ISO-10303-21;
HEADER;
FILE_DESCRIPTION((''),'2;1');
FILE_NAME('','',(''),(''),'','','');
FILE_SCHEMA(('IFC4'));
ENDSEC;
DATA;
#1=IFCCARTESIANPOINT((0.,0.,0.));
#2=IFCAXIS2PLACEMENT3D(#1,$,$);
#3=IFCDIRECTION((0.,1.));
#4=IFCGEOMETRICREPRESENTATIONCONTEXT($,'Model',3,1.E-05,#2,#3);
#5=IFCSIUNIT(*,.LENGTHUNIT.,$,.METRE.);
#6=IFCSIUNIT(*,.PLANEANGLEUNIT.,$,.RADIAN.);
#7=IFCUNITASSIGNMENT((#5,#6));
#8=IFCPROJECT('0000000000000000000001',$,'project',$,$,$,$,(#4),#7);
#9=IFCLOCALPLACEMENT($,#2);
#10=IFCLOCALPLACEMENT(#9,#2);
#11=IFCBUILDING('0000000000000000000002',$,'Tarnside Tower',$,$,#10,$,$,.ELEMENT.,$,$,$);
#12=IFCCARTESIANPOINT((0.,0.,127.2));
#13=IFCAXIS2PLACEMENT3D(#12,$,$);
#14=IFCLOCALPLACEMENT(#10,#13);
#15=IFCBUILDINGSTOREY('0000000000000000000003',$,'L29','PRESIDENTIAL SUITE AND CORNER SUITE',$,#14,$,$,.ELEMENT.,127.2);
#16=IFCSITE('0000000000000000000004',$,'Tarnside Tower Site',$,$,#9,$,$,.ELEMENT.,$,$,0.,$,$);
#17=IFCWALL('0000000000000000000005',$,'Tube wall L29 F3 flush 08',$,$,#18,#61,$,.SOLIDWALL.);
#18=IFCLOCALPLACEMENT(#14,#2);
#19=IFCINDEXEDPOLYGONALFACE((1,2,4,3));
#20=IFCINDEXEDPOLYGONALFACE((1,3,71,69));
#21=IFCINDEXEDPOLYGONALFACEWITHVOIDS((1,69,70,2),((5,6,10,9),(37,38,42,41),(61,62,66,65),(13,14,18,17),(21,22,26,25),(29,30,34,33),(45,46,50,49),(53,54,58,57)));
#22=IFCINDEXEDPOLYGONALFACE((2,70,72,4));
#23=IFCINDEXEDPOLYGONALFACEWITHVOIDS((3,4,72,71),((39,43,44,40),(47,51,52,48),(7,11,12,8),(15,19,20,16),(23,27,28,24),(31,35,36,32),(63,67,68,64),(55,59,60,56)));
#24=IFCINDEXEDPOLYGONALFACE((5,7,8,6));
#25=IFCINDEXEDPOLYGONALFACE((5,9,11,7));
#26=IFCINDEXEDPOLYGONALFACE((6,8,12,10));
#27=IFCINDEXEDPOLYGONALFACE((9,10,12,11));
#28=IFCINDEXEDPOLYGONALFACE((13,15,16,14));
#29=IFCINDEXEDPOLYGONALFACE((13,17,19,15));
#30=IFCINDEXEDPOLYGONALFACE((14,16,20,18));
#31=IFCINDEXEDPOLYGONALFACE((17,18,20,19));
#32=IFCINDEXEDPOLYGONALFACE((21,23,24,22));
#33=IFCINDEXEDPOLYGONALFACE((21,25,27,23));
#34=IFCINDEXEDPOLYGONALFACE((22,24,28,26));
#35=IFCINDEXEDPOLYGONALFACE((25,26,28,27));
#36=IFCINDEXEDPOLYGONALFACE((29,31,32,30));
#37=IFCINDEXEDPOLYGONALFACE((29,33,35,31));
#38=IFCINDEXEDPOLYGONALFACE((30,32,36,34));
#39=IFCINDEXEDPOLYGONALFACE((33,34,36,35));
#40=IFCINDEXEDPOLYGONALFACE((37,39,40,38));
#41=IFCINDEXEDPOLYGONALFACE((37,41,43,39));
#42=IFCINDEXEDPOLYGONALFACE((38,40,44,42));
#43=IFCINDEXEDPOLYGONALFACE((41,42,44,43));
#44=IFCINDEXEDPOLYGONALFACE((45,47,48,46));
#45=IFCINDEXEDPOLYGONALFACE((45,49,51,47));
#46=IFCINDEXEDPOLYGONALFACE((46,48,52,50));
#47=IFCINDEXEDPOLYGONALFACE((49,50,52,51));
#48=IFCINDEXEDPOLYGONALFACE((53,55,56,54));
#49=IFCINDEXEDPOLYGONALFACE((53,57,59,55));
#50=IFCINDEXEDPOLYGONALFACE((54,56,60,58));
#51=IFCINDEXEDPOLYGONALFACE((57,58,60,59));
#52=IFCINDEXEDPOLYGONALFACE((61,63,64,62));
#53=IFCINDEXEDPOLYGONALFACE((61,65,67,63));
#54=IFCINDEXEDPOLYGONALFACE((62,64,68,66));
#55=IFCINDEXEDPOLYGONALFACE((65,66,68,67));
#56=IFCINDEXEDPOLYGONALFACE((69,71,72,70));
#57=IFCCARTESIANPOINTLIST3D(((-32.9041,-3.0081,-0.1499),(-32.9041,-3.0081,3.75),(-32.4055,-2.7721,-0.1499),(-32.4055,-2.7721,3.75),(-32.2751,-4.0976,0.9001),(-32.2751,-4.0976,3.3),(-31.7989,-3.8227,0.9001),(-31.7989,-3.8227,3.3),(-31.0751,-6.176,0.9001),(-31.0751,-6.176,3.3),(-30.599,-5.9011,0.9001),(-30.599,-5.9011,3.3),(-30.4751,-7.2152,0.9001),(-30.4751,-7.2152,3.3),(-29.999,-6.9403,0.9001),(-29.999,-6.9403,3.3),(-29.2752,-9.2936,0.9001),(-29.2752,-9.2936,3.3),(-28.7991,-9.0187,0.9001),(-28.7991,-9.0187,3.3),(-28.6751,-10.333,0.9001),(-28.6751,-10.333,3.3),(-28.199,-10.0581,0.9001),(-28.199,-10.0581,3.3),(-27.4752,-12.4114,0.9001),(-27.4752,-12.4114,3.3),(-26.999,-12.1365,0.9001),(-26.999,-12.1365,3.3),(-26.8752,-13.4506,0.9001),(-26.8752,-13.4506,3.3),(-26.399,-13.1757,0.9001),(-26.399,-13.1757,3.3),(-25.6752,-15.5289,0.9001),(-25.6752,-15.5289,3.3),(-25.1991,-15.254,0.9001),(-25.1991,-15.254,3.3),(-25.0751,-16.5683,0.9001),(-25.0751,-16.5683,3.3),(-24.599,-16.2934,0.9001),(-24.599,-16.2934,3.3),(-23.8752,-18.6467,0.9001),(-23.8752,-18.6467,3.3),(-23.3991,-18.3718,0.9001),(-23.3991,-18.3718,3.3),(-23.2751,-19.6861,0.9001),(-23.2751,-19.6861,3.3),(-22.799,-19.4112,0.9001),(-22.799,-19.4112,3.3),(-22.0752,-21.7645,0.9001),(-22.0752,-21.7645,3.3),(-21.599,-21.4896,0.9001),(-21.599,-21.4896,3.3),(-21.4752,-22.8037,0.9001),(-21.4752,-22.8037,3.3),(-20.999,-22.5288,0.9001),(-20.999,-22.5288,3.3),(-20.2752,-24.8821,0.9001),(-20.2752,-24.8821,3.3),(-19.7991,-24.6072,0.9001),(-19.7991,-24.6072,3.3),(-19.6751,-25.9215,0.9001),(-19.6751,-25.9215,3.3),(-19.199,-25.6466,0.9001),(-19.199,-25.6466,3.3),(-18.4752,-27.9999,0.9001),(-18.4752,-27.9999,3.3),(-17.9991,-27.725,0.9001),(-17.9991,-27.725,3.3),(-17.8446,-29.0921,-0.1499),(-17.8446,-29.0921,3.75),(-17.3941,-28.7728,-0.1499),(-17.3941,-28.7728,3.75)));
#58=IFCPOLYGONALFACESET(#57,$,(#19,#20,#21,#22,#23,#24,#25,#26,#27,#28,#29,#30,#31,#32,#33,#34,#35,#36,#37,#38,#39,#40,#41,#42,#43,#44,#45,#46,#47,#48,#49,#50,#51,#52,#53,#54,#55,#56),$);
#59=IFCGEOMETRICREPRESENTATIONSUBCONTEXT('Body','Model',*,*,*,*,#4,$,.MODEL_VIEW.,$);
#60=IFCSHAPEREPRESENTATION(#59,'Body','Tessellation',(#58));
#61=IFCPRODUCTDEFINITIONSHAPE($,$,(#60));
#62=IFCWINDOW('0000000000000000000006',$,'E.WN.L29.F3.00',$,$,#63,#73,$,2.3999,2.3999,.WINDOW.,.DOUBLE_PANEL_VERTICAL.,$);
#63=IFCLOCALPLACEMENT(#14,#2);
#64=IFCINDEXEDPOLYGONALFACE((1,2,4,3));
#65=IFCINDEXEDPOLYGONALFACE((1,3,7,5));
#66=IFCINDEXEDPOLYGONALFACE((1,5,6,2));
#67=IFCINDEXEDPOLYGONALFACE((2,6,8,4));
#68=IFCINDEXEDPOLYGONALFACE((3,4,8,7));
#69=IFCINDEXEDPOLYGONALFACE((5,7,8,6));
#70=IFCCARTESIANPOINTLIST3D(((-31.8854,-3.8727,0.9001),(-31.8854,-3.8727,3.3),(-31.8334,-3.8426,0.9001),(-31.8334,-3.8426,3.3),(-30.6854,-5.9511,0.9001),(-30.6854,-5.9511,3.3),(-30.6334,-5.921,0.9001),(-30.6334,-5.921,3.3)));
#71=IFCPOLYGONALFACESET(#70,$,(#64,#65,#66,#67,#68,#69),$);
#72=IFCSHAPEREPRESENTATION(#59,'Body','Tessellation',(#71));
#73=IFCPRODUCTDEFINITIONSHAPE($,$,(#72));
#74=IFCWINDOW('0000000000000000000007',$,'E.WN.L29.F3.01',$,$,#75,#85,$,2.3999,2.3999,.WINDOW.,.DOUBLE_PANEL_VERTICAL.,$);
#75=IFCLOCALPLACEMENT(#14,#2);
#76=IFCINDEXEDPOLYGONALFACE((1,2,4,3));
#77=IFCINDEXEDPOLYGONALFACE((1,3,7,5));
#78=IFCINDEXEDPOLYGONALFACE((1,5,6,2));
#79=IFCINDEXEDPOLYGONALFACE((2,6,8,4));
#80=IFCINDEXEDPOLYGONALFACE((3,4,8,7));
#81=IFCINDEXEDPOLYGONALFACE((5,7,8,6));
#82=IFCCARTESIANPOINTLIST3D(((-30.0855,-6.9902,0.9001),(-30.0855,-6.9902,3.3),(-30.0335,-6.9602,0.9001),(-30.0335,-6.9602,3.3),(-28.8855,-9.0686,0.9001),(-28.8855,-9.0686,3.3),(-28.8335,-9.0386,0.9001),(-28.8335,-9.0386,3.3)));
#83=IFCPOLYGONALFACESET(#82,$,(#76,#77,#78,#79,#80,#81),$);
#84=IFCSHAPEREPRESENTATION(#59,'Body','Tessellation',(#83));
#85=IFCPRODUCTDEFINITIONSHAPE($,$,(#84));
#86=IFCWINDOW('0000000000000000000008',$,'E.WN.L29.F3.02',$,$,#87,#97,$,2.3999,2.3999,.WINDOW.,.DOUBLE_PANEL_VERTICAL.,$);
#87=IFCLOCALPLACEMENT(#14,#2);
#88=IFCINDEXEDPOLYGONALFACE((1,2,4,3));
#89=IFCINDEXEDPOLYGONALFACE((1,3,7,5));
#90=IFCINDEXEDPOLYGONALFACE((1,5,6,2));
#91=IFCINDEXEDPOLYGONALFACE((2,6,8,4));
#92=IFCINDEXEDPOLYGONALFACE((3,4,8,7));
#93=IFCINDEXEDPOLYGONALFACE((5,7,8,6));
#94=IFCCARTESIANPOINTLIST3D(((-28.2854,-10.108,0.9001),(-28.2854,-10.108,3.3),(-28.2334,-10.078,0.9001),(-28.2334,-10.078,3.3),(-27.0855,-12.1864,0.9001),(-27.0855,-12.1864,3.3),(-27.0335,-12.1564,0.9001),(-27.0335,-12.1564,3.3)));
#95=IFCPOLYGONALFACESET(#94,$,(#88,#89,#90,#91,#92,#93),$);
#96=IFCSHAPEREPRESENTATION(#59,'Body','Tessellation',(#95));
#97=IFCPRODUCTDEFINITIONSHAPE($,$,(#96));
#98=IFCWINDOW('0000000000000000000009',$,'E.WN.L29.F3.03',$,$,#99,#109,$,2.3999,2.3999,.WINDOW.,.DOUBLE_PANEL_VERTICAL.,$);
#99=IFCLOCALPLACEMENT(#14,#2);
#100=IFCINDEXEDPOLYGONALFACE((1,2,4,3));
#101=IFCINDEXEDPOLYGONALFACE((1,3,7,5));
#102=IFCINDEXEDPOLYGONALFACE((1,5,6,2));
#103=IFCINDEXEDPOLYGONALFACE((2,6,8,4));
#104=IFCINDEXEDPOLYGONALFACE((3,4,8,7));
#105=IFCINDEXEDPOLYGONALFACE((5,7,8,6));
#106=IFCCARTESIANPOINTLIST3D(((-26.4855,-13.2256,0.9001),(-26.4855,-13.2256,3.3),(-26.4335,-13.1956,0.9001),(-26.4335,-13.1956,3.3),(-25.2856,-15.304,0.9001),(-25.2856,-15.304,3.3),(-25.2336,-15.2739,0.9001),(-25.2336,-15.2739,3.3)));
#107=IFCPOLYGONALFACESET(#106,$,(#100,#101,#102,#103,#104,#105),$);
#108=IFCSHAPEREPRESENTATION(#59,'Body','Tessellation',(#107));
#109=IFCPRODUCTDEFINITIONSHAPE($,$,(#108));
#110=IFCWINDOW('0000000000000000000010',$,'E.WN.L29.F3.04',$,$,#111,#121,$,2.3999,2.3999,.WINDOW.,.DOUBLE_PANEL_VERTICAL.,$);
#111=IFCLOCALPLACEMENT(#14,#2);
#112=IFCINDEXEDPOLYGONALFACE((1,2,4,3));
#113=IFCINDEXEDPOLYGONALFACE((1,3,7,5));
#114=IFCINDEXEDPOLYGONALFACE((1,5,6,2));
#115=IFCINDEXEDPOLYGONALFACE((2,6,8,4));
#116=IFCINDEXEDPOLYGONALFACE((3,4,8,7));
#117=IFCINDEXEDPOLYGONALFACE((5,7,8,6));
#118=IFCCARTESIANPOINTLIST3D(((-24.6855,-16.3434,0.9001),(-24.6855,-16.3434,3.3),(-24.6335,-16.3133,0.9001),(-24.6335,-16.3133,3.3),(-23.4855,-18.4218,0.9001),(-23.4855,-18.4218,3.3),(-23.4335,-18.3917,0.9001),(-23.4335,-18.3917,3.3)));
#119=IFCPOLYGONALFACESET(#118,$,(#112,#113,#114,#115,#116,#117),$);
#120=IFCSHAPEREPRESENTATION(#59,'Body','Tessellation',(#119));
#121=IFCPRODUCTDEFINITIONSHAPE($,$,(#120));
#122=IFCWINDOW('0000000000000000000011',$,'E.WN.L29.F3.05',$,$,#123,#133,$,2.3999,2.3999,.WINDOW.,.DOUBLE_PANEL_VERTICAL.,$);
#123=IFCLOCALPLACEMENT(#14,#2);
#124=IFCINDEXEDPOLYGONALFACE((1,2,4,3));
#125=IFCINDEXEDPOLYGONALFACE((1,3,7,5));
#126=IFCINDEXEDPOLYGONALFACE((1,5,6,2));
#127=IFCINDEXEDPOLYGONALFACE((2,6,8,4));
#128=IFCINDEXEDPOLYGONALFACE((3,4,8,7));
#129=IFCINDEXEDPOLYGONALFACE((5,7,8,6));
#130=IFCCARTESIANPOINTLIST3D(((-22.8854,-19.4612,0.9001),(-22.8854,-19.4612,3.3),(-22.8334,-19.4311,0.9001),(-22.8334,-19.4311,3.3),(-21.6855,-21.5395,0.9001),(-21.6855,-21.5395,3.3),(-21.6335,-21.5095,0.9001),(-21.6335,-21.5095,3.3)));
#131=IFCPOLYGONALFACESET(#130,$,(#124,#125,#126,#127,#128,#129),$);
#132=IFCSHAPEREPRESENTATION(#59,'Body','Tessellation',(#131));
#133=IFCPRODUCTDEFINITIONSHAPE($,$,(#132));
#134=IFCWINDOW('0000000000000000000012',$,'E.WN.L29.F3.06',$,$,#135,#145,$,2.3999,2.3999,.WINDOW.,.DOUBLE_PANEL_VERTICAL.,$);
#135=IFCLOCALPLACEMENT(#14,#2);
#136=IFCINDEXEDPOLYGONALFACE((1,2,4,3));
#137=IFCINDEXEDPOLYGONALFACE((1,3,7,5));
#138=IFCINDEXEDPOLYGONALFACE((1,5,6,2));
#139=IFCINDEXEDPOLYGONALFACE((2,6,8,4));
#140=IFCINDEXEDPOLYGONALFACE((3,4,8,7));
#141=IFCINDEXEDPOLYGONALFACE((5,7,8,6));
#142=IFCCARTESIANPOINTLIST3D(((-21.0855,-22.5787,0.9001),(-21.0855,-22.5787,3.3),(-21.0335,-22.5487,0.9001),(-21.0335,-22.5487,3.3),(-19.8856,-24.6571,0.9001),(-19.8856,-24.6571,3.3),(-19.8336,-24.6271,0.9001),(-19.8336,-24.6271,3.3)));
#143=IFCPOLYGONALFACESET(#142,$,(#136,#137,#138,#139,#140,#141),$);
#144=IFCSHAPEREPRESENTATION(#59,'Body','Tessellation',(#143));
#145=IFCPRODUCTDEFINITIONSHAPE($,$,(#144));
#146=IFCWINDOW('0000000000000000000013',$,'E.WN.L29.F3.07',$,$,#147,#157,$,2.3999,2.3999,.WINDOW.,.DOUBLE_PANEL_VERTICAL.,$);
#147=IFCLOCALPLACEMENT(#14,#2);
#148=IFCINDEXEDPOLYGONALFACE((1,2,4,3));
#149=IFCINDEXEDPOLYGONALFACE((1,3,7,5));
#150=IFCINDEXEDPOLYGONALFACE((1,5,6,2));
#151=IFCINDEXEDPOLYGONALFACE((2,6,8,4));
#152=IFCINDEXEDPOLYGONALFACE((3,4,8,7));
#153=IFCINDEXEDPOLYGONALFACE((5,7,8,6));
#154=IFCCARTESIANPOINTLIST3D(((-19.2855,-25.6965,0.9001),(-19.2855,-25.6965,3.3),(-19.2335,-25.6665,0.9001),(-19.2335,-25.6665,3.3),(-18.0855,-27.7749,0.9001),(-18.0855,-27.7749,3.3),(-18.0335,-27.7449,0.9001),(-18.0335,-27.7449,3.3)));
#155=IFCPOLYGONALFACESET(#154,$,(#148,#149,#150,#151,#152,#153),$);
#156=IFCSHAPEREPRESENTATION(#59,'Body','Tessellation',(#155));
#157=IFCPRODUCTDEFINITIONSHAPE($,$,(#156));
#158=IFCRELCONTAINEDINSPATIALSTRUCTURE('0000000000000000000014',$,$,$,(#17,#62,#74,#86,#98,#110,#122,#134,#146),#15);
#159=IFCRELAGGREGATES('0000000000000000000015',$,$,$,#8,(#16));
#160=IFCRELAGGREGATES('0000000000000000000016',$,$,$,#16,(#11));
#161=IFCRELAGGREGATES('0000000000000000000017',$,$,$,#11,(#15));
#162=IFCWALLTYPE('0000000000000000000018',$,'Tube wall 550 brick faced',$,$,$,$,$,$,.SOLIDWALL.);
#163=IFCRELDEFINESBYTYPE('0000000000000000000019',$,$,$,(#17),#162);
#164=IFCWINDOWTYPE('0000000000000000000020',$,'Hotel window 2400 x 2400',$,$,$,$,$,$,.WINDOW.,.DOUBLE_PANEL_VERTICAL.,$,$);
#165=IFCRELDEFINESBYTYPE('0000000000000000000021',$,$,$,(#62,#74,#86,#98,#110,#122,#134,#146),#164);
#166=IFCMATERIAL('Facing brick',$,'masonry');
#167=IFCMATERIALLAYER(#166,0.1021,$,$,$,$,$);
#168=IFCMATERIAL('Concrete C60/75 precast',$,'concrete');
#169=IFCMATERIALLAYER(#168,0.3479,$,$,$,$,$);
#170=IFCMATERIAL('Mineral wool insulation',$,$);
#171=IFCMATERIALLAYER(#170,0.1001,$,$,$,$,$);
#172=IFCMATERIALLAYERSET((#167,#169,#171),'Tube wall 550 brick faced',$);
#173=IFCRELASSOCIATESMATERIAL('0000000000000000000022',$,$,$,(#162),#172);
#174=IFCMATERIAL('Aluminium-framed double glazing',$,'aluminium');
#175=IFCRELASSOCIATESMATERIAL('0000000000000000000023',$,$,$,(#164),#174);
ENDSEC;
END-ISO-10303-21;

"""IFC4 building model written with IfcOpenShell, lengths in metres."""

from ifc_helpers import new_model, si_unit, direction, frame, frame_2d, origin, place, context, subcontext, project, spatial, polyline, rectangle, outline, extrude, material, layer, layer_set, type_object, element, fill, save


model = new_model("IFC4")

# Units and contexts
model_context = context("Model", 3, precision=1e-05, world=origin(), true_north=direction((0.0, 1.0)))
body_context = subcontext(model_context, "Body", "Model", "MODEL_VIEW")
ifc_project = project(units=[si_unit("LENGTHUNIT", "METRE"), si_unit("PLANEANGLEUNIT", "RADIAN")], contexts=[model_context])

# Site, building, storey
site_placement = place(None, origin())
site = spatial("IfcSite", under=ifc_project, at=site_placement, Name="Tarnside Tower Site", CompositionType="ELEMENT", RefElevation=0.0)
building_placement = place(site_placement, origin())
building = spatial("IfcBuilding", under=site, at=building_placement, Name="Tarnside Tower", CompositionType="ELEMENT")
storey_placement = place(building_placement, frame((0.0, 0.0, 127.2)))
storey = spatial("IfcBuildingStorey", under=building, at=storey_placement, Name="L29", Description="PRESIDENTIAL SUITE AND CORNER SUITE", CompositionType="ELEMENT", Elevation=127.2)

# Shared definitions
ifc_material_1 = material(Name="Facing brick", Category="masonry")
ifc_layer_1 = layer(ifc_material_1, 0.1021)
ifc_material_2 = material(Name="Concrete C60/75 precast", Category="concrete")
ifc_layer_2 = layer(ifc_material_2, 0.3479)
ifc_material_3 = material(Name="Mineral wool insulation")
ifc_layer_3 = layer(ifc_material_3, 0.1001)
ifc_layer_set_1 = layer_set([ifc_layer_1, ifc_layer_2, ifc_layer_3], Name="Tube wall 550 brick faced")
wall_type_1 = type_object("IfcWallType", Name="Tube wall 550 brick faced", PredefinedType="SOLIDWALL", material=ifc_layer_set_1)

# Wall, openings, windows
wall_1_placement = place(storey_placement, frame((-32.6548, -2.8901, -0.1499), z_axis=(0.0, 0.0, 1.0), x_axis=(0.499998, -0.866027, 0.0)))
wall_1 = element("IfcWall", 1, at=wall_1_placement, inside=storey, type_object=wall_type_1, Name="Tube wall L29 F3 flush 08", PredefinedType="SOLIDWALL", context=body_context, shape_type="SweptSolid", body=[
    extrude(outline(polyline([(-0.0225, -0.2749), (30.0967, -0.2749), (30.0454, 0.2749), (0.0225, 0.2749), (-0.0225, -0.2749)])), origin(), (0.0, 0.0, 1.0), 3.8999),
])
opening_1_placement = place(wall_1_placement, frame((1.2356, 0.0, 1.05)))
opening_1 = element("IfcOpeningElement", 2, at=opening_1_placement, cuts=wall_1, PredefinedType="OPENING", context=body_context, shape_type="SweptSolid", body=[
    extrude(rectangle(XDim=2.3999, YDim=2.3999, at=frame_2d((1.2, 1.2))), frame((0.0, 0.2852, 0.0), z_axis=(0.0, -1.0, 0.0), x_axis=(1.0, 0.0, 0.0)), (0.0, 0.0, 1.0), 0.5701),
])
opening_2_placement = place(wall_1_placement, frame((4.8354, 0.0, 1.05)))
opening_2 = element("IfcOpeningElement", 3, at=opening_2_placement, cuts=wall_1, PredefinedType="OPENING", context=body_context, shape_type="SweptSolid", body=[
    extrude(rectangle(XDim=2.3999, YDim=2.3999, at=frame_2d((1.2, 1.2))), frame((0.0, 0.2852, 0.0), z_axis=(0.0, -1.0, 0.0), x_axis=(1.0, 0.0, 0.0)), (0.0, 0.0, 1.0), 0.5701),
])
opening_3_placement = place(wall_1_placement, frame((8.4355, 0.0, 1.05)))
opening_3 = element("IfcOpeningElement", 4, at=opening_3_placement, cuts=wall_1, PredefinedType="OPENING", context=body_context, shape_type="SweptSolid", body=[
    extrude(rectangle(XDim=2.3999, YDim=2.3999, at=frame_2d((1.2, 1.2))), frame((0.0, 0.2852, 0.0), z_axis=(0.0, -1.0, 0.0), x_axis=(1.0, 0.0, 0.0)), (0.0, 0.0, 1.0), 0.5701),
])
opening_4_placement = place(wall_1_placement, frame((12.0354, 0.0, 1.05)))
opening_4 = element("IfcOpeningElement", 5, at=opening_4_placement, cuts=wall_1, PredefinedType="OPENING", context=body_context, shape_type="SweptSolid", body=[
    extrude(rectangle(XDim=2.3999, YDim=2.3999, at=frame_2d((1.2, 1.2))), frame((0.0, 0.2852, 0.0), z_axis=(0.0, -1.0, 0.0), x_axis=(1.0, 0.0, 0.0)), (0.0, 0.0, 1.0), 0.5701),
])
opening_5_placement = place(wall_1_placement, frame((15.6355, 0.0, 1.05)))
opening_5 = element("IfcOpeningElement", 6, at=opening_5_placement, cuts=wall_1, PredefinedType="OPENING", context=body_context, shape_type="SweptSolid", body=[
    extrude(rectangle(XDim=2.3999, YDim=2.3999, at=frame_2d((1.2, 1.2))), frame((0.0, 0.2852, 0.0), z_axis=(0.0, -1.0, 0.0), x_axis=(1.0, 0.0, 0.0)), (0.0, 0.0, 1.0), 0.5701),
])
opening_6_placement = place(wall_1_placement, frame((19.2356, 0.0, 1.05)))
opening_6 = element("IfcOpeningElement", 7, at=opening_6_placement, cuts=wall_1, PredefinedType="OPENING", context=body_context, shape_type="SweptSolid", body=[
    extrude(rectangle(XDim=2.3999, YDim=2.3999, at=frame_2d((1.2, 1.2))), frame((0.0, 0.2852, 0.0), z_axis=(0.0, -1.0, 0.0), x_axis=(1.0, 0.0, 0.0)), (0.0, 0.0, 1.0), 0.5701),
])
opening_7_placement = place(wall_1_placement, frame((22.8354, 0.0, 1.05)))
opening_7 = element("IfcOpeningElement", 8, at=opening_7_placement, cuts=wall_1, PredefinedType="OPENING", context=body_context, shape_type="SweptSolid", body=[
    extrude(rectangle(XDim=2.3999, YDim=2.3999, at=frame_2d((1.2, 1.2))), frame((0.0, 0.2852, 0.0), z_axis=(0.0, -1.0, 0.0), x_axis=(1.0, 0.0, 0.0)), (0.0, 0.0, 1.0), 0.5701),
])
opening_8_placement = place(wall_1_placement, frame((26.4355, 0.0, 1.05)))
opening_8 = element("IfcOpeningElement", 9, at=opening_8_placement, cuts=wall_1, PredefinedType="OPENING", context=body_context, shape_type="SweptSolid", body=[
    extrude(rectangle(XDim=2.3999, YDim=2.3999, at=frame_2d((1.2, 1.2))), frame((0.0, 0.2852, 0.0), z_axis=(0.0, -1.0, 0.0), x_axis=(1.0, 0.0, 0.0)), (0.0, 0.0, 1.0), 0.5701),
])
ifc_material_4 = material(Name="Aluminium-framed double glazing", Category="aluminium")
window_type = type_object("IfcWindowType", Name="Hotel window 2400 x 2400", PartitioningType="DOUBLE_PANEL_VERTICAL", PredefinedType="WINDOW", material=ifc_material_4)
window_1_placement = place(opening_1_placement, frame((0.0, 0.2051, 0.0)))
window_1 = element("IfcWindow", 10, at=window_1_placement, inside=storey, type_object=window_type, Name="E.WN.L29.F3.00", OverallHeight=2.3999, OverallWidth=2.3999, PartitioningType="DOUBLE_PANEL_VERTICAL", PredefinedType="WINDOW", context=body_context, shape_type="SweptSolid", body=[
    extrude(rectangle(XDim=2.3999, YDim=2.3999, at=frame_2d((1.2, 1.2))), frame((0.0, 0.03, 0.0), z_axis=(0.0, -1.0, 0.0), x_axis=(1.0, 0.0, 0.0)), (0.0, 0.0, 1.0), 0.0601),
])
fill(opening_1, window_1)
window_2_placement = place(opening_2_placement, frame((0.0, 0.2051, 0.0)))
window_2 = element("IfcWindow", 11, at=window_2_placement, inside=storey, type_object=window_type, Name="E.WN.L29.F3.01", OverallHeight=2.3999, OverallWidth=2.3999, PartitioningType="DOUBLE_PANEL_VERTICAL", PredefinedType="WINDOW", context=body_context, shape_type="SweptSolid", body=[
    extrude(rectangle(XDim=2.3999, YDim=2.3999, at=frame_2d((1.2, 1.2))), frame((0.0, 0.03, 0.0), z_axis=(0.0, -1.0, 0.0), x_axis=(1.0, 0.0, 0.0)), (0.0, 0.0, 1.0), 0.0601),
])
fill(opening_2, window_2)
window_3_placement = place(opening_3_placement, frame((0.0, 0.2051, 0.0)))
window_3 = element("IfcWindow", 12, at=window_3_placement, inside=storey, type_object=window_type, Name="E.WN.L29.F3.02", OverallHeight=2.3999, OverallWidth=2.3999, PartitioningType="DOUBLE_PANEL_VERTICAL", PredefinedType="WINDOW", context=body_context, shape_type="SweptSolid", body=[
    extrude(rectangle(XDim=2.3999, YDim=2.3999, at=frame_2d((1.2, 1.2))), frame((0.0, 0.03, 0.0), z_axis=(0.0, -1.0, 0.0), x_axis=(1.0, 0.0, 0.0)), (0.0, 0.0, 1.0), 0.0601),
])
fill(opening_3, window_3)
window_4_placement = place(opening_4_placement, frame((0.0, 0.2051, 0.0)))
window_4 = element("IfcWindow", 13, at=window_4_placement, inside=storey, type_object=window_type, Name="E.WN.L29.F3.03", OverallHeight=2.3999, OverallWidth=2.3999, PartitioningType="DOUBLE_PANEL_VERTICAL", PredefinedType="WINDOW", context=body_context, shape_type="SweptSolid", body=[
    extrude(rectangle(XDim=2.3999, YDim=2.3999, at=frame_2d((1.2, 1.2))), frame((0.0, 0.03, 0.0), z_axis=(0.0, -1.0, 0.0), x_axis=(1.0, 0.0, 0.0)), (0.0, 0.0, 1.0), 0.0601),
])
fill(opening_4, window_4)
window_5_placement = place(opening_5_placement, frame((0.0, 0.2051, 0.0)))
window_5 = element("IfcWindow", 14, at=window_5_placement, inside=storey, type_object=window_type, Name="E.WN.L29.F3.04", OverallHeight=2.3999, OverallWidth=2.3999, PartitioningType="DOUBLE_PANEL_VERTICAL", PredefinedType="WINDOW", context=body_context, shape_type="SweptSolid", body=[
    extrude(rectangle(XDim=2.3999, YDim=2.3999, at=frame_2d((1.2, 1.2))), frame((0.0, 0.03, 0.0), z_axis=(0.0, -1.0, 0.0), x_axis=(1.0, 0.0, 0.0)), (0.0, 0.0, 1.0), 0.0601),
])
fill(opening_5, window_5)
window_6_placement = place(opening_6_placement, frame((0.0, 0.2051, 0.0)))
window_6 = element("IfcWindow", 15, at=window_6_placement, inside=storey, type_object=window_type, Name="E.WN.L29.F3.05", OverallHeight=2.3999, OverallWidth=2.3999, PartitioningType="DOUBLE_PANEL_VERTICAL", PredefinedType="WINDOW", context=body_context, shape_type="SweptSolid", body=[
    extrude(rectangle(XDim=2.3999, YDim=2.3999, at=frame_2d((1.2, 1.2))), frame((0.0, 0.03, 0.0), z_axis=(0.0, -1.0, 0.0), x_axis=(1.0, 0.0, 0.0)), (0.0, 0.0, 1.0), 0.0601),
])
fill(opening_6, window_6)
window_7_placement = place(opening_7_placement, frame((0.0, 0.2051, 0.0)))
window_7 = element("IfcWindow", 16, at=window_7_placement, inside=storey, type_object=window_type, Name="E.WN.L29.F3.06", OverallHeight=2.3999, OverallWidth=2.3999, PartitioningType="DOUBLE_PANEL_VERTICAL", PredefinedType="WINDOW", context=body_context, shape_type="SweptSolid", body=[
    extrude(rectangle(XDim=2.3999, YDim=2.3999, at=frame_2d((1.2, 1.2))), frame((0.0, 0.03, 0.0), z_axis=(0.0, -1.0, 0.0), x_axis=(1.0, 0.0, 0.0)), (0.0, 0.0, 1.0), 0.0601),
])
fill(opening_7, window_7)
window_8_placement = place(opening_8_placement, frame((0.0, 0.2051, 0.0)))
window_8 = element("IfcWindow", 17, at=window_8_placement, inside=storey, type_object=window_type, Name="E.WN.L29.F3.07", OverallHeight=2.3999, OverallWidth=2.3999, PartitioningType="DOUBLE_PANEL_VERTICAL", PredefinedType="WINDOW", context=body_context, shape_type="SweptSolid", body=[
    extrude(rectangle(XDim=2.3999, YDim=2.3999, at=frame_2d((1.2, 1.2))), frame((0.0, 0.03, 0.0), z_axis=(0.0, -1.0, 0.0), x_axis=(1.0, 0.0, 0.0)), (0.0, 0.0, 1.0), 0.0601),
])
fill(opening_8, window_8)

save(model, "model.ifc")
